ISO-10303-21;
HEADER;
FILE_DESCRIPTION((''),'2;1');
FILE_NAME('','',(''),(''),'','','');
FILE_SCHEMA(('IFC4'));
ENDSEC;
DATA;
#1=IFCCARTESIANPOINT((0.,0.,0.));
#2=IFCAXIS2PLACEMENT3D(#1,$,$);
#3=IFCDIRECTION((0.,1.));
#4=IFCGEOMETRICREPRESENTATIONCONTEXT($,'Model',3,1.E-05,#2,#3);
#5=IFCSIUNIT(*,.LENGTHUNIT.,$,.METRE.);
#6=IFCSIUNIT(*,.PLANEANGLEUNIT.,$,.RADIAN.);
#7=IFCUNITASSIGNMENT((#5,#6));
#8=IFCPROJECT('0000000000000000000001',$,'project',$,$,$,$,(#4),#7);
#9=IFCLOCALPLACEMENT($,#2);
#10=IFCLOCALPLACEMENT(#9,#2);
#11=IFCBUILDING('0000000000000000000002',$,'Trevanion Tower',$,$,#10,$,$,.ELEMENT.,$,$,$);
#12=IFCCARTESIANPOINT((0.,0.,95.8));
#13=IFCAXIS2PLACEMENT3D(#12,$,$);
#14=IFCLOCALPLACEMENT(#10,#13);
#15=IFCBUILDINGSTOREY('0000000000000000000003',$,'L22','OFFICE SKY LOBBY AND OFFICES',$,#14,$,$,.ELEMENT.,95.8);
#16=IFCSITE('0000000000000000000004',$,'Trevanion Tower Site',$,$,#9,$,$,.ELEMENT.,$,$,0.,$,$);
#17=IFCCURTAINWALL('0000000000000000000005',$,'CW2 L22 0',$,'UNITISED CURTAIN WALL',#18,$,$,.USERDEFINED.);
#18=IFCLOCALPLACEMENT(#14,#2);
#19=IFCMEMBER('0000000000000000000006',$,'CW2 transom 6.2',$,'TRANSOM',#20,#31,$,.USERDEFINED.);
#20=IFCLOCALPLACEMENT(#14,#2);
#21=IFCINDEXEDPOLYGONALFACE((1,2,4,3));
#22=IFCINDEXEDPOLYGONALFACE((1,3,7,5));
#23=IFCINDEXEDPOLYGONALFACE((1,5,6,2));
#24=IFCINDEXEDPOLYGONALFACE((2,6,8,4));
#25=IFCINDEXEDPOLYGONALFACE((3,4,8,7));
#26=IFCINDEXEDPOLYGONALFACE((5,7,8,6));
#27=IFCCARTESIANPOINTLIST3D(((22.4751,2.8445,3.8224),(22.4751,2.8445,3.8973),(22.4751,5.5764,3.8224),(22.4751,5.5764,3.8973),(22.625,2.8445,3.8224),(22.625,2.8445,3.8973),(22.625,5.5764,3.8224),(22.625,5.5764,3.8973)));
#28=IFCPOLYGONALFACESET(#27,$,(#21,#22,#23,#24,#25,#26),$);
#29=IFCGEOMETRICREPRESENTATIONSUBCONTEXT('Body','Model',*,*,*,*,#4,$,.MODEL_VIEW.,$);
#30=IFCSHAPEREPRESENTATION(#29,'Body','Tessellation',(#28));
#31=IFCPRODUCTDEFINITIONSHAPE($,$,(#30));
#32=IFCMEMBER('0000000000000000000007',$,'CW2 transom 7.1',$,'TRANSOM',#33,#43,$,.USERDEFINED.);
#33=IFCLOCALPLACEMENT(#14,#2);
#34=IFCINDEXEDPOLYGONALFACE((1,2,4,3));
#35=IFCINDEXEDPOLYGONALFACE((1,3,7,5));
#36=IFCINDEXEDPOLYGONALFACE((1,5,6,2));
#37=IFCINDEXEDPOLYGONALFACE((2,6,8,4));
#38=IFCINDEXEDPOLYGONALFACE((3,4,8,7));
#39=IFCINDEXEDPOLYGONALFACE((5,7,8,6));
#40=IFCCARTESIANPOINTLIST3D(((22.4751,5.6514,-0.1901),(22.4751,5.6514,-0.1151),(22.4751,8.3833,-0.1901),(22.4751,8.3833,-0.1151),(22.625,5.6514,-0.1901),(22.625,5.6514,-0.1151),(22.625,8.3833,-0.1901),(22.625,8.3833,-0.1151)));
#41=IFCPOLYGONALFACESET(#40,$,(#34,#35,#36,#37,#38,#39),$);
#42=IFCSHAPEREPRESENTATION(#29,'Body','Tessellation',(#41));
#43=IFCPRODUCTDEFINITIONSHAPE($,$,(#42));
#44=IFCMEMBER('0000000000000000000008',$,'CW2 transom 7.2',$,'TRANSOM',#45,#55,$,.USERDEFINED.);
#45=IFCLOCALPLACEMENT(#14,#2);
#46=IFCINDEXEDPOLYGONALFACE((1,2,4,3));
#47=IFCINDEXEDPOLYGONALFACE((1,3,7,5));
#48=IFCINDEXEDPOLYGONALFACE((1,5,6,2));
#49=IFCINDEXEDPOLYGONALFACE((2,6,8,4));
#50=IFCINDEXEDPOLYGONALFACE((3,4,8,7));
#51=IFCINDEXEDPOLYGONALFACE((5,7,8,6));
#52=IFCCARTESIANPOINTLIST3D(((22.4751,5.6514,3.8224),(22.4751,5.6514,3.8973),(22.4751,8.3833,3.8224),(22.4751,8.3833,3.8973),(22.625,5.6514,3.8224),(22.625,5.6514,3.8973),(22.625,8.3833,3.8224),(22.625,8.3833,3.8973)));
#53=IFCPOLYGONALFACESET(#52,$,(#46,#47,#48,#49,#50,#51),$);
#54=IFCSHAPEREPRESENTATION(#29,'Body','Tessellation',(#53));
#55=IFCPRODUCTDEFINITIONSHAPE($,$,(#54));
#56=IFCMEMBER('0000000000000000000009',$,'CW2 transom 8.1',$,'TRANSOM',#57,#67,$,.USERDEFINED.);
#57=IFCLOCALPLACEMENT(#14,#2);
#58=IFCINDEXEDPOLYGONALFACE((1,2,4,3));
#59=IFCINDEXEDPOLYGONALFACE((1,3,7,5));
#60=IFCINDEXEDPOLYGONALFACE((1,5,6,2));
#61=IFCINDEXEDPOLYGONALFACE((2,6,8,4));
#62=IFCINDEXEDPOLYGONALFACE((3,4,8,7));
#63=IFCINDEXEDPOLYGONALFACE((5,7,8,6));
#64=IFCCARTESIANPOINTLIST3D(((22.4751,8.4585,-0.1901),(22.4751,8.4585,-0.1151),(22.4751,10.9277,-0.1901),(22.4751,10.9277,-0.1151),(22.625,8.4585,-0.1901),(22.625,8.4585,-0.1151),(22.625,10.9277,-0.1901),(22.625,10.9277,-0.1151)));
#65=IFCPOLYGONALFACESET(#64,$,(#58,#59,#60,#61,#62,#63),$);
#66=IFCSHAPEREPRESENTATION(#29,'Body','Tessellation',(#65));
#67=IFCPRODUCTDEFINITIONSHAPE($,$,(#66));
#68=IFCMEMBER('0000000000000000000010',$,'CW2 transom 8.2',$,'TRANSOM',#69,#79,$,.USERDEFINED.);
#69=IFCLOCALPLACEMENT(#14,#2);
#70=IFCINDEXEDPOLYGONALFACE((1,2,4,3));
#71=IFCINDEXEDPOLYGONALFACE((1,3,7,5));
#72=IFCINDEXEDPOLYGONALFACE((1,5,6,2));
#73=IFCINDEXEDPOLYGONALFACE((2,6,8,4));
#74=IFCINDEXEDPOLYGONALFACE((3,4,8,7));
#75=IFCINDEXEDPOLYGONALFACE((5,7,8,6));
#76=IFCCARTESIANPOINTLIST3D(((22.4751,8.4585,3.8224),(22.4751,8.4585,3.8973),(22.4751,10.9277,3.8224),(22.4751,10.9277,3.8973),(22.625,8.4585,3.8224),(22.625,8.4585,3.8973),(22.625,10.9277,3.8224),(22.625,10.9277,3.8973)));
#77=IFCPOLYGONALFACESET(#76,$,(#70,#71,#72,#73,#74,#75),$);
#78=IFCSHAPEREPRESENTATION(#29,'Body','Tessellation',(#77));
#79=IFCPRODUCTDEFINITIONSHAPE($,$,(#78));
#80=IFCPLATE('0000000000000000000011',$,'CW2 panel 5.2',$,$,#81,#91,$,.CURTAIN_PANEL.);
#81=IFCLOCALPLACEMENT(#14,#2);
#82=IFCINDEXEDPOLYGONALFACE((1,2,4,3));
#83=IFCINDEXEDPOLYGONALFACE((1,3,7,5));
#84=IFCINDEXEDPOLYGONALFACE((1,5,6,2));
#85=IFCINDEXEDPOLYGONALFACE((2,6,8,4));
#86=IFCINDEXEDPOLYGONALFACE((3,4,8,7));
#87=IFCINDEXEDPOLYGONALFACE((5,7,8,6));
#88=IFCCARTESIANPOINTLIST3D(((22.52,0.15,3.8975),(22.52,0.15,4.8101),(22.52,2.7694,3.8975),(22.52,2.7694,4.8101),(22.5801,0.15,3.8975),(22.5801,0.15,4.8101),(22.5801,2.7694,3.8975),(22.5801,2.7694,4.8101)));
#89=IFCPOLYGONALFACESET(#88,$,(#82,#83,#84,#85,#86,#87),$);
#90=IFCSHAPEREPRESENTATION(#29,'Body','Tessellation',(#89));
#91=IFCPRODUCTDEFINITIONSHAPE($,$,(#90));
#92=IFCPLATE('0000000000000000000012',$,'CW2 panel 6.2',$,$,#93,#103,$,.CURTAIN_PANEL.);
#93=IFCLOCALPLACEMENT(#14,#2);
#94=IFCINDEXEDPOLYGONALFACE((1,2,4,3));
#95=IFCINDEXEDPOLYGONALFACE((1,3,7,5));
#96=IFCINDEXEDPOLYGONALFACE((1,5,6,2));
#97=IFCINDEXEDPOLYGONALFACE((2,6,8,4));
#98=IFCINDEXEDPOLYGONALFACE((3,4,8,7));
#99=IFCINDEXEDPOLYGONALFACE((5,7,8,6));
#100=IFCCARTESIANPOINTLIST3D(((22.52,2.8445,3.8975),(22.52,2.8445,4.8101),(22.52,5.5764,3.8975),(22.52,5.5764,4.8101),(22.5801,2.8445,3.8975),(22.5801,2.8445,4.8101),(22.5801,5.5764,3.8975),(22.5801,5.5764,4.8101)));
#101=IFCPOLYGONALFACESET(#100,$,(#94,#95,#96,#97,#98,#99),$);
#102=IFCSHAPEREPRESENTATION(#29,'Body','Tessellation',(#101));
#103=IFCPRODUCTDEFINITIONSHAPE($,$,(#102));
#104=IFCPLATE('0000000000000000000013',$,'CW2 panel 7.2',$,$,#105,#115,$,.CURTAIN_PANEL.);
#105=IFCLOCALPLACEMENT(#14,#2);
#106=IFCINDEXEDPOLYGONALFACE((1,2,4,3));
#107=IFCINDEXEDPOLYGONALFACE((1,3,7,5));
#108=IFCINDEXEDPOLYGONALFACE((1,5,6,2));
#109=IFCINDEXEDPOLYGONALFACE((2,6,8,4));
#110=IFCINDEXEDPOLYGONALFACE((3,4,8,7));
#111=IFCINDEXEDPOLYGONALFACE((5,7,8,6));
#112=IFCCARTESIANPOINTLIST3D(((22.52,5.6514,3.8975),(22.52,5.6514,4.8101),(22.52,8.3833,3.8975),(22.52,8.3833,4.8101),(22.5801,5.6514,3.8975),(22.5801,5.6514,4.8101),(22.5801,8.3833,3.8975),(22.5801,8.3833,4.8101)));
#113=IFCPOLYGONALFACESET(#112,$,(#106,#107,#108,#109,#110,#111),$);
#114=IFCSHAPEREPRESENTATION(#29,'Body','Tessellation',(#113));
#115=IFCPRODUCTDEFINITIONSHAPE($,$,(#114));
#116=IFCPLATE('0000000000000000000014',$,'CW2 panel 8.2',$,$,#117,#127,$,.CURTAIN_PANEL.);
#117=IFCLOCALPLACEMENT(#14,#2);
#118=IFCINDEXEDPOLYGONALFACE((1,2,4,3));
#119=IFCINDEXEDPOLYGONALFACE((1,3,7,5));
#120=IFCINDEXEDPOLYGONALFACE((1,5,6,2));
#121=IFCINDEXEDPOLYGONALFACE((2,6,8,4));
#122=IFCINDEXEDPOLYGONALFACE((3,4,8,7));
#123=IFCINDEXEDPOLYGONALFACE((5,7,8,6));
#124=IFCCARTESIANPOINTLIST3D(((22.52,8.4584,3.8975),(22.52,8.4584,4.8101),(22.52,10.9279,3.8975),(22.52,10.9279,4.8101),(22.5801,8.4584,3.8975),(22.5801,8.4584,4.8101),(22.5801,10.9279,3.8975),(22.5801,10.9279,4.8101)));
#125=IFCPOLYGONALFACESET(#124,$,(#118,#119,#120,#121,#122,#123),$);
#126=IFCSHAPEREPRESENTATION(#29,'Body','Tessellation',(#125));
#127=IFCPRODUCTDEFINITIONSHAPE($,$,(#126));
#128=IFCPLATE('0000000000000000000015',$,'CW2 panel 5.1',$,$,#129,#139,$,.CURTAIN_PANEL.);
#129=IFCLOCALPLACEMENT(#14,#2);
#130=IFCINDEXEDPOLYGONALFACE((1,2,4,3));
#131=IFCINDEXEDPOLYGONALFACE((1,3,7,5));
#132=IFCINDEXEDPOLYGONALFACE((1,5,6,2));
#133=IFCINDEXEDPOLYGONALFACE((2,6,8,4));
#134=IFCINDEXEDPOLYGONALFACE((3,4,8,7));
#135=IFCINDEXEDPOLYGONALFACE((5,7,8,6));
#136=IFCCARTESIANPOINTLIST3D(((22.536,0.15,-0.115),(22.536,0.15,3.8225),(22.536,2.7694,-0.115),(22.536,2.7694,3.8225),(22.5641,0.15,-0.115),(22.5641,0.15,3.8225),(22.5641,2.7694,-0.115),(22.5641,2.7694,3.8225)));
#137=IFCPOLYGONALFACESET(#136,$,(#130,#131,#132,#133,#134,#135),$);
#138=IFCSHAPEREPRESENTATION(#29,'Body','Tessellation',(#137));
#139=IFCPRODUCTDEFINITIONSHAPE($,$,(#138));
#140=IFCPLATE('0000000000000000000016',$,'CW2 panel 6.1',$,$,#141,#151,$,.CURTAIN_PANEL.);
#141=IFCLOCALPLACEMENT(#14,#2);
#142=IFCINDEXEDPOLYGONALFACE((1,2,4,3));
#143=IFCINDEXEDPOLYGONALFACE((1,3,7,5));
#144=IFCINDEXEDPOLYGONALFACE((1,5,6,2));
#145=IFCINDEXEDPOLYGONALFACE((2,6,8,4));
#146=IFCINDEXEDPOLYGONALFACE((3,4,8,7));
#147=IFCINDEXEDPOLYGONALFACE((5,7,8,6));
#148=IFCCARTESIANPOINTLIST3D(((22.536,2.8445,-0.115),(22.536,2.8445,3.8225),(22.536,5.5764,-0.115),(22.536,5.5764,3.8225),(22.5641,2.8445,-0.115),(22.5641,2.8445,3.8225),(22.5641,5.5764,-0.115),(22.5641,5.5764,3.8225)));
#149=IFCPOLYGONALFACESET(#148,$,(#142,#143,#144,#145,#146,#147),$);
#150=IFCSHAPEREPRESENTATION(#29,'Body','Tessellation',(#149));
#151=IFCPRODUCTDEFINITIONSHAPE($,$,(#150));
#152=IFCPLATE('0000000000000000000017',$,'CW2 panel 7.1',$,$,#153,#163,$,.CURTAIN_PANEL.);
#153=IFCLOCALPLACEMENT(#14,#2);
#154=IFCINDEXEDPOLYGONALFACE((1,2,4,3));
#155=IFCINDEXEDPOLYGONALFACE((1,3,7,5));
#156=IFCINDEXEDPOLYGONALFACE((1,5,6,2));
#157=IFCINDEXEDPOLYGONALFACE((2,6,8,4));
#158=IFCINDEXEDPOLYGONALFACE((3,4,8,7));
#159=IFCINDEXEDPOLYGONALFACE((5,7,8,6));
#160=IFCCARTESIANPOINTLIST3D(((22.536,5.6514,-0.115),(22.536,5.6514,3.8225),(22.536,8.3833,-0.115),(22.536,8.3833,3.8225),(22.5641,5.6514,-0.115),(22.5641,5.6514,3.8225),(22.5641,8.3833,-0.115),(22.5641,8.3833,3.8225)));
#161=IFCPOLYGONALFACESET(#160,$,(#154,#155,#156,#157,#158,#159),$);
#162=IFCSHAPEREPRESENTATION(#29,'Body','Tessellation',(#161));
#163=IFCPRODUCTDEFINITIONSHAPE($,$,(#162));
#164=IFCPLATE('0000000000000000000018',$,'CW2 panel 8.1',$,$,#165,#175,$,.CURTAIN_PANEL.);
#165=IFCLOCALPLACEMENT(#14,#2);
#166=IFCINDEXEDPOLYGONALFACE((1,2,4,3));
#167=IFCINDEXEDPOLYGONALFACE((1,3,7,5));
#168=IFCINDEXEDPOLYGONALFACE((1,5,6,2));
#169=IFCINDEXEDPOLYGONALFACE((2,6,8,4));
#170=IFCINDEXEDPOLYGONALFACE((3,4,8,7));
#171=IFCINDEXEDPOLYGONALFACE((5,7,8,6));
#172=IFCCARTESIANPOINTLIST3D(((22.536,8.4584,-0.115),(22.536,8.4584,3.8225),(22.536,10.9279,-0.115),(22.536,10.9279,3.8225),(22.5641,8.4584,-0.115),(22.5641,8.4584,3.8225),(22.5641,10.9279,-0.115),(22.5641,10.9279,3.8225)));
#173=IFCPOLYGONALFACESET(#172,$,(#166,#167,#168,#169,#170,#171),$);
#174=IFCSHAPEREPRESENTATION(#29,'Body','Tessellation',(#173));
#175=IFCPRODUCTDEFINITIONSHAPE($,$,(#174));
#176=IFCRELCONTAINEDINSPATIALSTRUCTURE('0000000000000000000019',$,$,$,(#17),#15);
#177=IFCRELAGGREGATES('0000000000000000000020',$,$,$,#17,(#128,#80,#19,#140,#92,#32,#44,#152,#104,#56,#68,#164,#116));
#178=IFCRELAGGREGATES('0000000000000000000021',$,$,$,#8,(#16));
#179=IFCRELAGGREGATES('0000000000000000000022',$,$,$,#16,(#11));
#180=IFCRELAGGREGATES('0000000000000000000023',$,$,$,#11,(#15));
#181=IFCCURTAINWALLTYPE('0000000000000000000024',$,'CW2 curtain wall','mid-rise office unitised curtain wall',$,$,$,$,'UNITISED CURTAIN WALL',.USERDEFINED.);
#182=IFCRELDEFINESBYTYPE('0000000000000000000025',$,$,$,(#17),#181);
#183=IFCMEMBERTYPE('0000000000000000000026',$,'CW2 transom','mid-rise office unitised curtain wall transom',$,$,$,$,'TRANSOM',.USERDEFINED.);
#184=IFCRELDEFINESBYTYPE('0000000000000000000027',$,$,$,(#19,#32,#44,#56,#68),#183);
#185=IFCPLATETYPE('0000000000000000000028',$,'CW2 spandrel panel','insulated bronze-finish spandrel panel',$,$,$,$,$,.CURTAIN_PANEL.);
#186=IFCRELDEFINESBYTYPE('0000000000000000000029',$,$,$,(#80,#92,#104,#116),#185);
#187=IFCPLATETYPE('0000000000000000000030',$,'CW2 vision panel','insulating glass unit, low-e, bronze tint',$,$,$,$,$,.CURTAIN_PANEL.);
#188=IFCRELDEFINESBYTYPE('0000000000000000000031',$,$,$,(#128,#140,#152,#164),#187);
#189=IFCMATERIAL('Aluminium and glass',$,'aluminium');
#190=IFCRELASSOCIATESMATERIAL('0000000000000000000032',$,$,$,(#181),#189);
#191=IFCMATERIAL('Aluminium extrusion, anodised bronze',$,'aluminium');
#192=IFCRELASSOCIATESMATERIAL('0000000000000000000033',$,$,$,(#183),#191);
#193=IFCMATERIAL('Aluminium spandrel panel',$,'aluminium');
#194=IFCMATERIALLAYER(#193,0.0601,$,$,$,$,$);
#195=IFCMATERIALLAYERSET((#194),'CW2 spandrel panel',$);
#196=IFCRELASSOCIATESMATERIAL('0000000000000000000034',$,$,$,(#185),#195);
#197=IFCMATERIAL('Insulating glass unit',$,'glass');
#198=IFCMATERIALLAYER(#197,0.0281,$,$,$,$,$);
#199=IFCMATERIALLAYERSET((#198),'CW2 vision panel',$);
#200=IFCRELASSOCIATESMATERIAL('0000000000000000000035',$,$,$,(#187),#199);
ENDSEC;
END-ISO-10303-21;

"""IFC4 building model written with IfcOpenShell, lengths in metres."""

from ifc_helpers import new_model, si_unit, direction, frame, origin, origin_2d, place, context, subcontext, project, spatial, rectangle, extrude, material, layer, layer_set, material_profile, profile_set, type_object, element, aggregate, save


model = new_model("IFC4")

# Units and contexts
model_context = context("Model", 3, precision=1e-05, world=origin(), true_north=direction((0.0, 1.0)))
body_context = subcontext(model_context, "Body", "Model", "MODEL_VIEW")
ifc_project = project(units=[si_unit("LENGTHUNIT", "METRE"), si_unit("PLANEANGLEUNIT", "RADIAN")], contexts=[model_context])

# Site, building, storey
site_placement = place(None, origin())
site = spatial("IfcSite", under=ifc_project, at=site_placement, Name="Trevanion Tower Site", CompositionType="ELEMENT", RefElevation=0.0)
building_placement = place(site_placement, origin())
building = spatial("IfcBuilding", under=site, at=building_placement, Name="Trevanion Tower", CompositionType="ELEMENT")
storey_placement = place(building_placement, frame((0.0, 0.0, 95.8)))
storey = spatial("IfcBuildingStorey", under=building, at=storey_placement, Name="L22", Description="OFFICE SKY LOBBY AND OFFICES", CompositionType="ELEMENT", Elevation=95.8)

# Curtain wall, members, plates
ifc_material_1 = material(Name="Aluminium and glass", Category="aluminium")
curtain_wall_type = type_object("IfcCurtainWallType", Name="CW2 curtain wall", Description="mid-rise office unitised curtain wall", ElementType="UNITISED CURTAIN WALL", PredefinedType="USERDEFINED", material=ifc_material_1)
curtain_wall_placement = place(storey_placement, origin())
curtain_wall = element("IfcCurtainWall", 1, at=curtain_wall_placement, inside=storey, type_object=curtain_wall_type, Name="CW2 L22 0", ObjectType="UNITISED CURTAIN WALL", PredefinedType="USERDEFINED")
ifc_material_2 = material(Name="Aluminium extrusion, anodised bronze", Category="aluminium")
ifc_material_profile_1 = material_profile(ifc_material_2, rectangle(XDim=0.1499, YDim=0.075, at=origin_2d()), Name="CW2 transom")
ifc_profile_set_1 = profile_set([ifc_material_profile_1], Name="Aluminium extrusion, anodised bronze")
member_type_1 = type_object("IfcMemberType", Name="CW2 transom", Description="mid-rise office unitised curtain wall transom", ElementType="TRANSOM", PredefinedType="USERDEFINED", material=ifc_profile_set_1)
member_1_placement = place(storey_placement, frame((22.55, 2.8445, 3.8599), z_axis=(0.0, 1.0, 0.0), x_axis=(-1.0, 0.0, 0.0)))
member_1 = element("IfcMember", 2, at=member_1_placement, type_object=member_type_1, Name="CW2 transom 6.2", ObjectType="TRANSOM", PredefinedType="USERDEFINED", context=body_context, shape_type="SweptSolid", body=[
    extrude(rectangle(XDim=0.1499, YDim=0.075, at=origin_2d()), origin(), (0.0, 0.0, 1.0), 2.7319),
])
member_2_placement = place(storey_placement, frame((22.55, 5.6514, -0.1526), z_axis=(0.0, 1.0, 0.0), x_axis=(-1.0, 0.0, 0.0)))
member_2 = element("IfcMember", 3, at=member_2_placement, type_object=member_type_1, Name="CW2 transom 7.1", ObjectType="TRANSOM", PredefinedType="USERDEFINED", context=body_context, shape_type="SweptSolid", body=[
    extrude(rectangle(XDim=0.1499, YDim=0.075, at=origin_2d()), origin(), (0.0, 0.0, 1.0), 2.7319),
])
member_3_placement = place(storey_placement, frame((22.55, 5.6514, 3.8599), z_axis=(0.0, 1.0, 0.0), x_axis=(-1.0, 0.0, 0.0)))
member_3 = element("IfcMember", 4, at=member_3_placement, type_object=member_type_1, Name="CW2 transom 7.2", ObjectType="TRANSOM", PredefinedType="USERDEFINED", context=body_context, shape_type="SweptSolid", body=[
    extrude(rectangle(XDim=0.1499, YDim=0.075, at=origin_2d()), origin(), (0.0, 0.0, 1.0), 2.7319),
])
member_4_placement = place(storey_placement, frame((22.55, 8.4585, -0.1526), z_axis=(0.0, 1.0, 0.0), x_axis=(-1.0, 0.0, 0.0)))
member_4 = element("IfcMember", 5, at=member_4_placement, type_object=member_type_1, Name="CW2 transom 8.1", ObjectType="TRANSOM", PredefinedType="USERDEFINED", context=body_context, shape_type="SweptSolid", body=[
    extrude(rectangle(XDim=0.1499, YDim=0.075, at=origin_2d()), origin(), (0.0, 0.0, 1.0), 2.4692),
])
member_5_placement = place(storey_placement, frame((22.55, 8.4585, 3.8599), z_axis=(0.0, 1.0, 0.0), x_axis=(-1.0, 0.0, 0.0)))
member_5 = element("IfcMember", 6, at=member_5_placement, type_object=member_type_1, Name="CW2 transom 8.2", ObjectType="TRANSOM", PredefinedType="USERDEFINED", context=body_context, shape_type="SweptSolid", body=[
    extrude(rectangle(XDim=0.1499, YDim=0.075, at=origin_2d()), origin(), (0.0, 0.0, 1.0), 2.4692),
])
ifc_material_3 = material(Name="Aluminium spandrel panel", Category="aluminium")
ifc_layer_1 = layer(ifc_material_3, 0.0601)
ifc_layer_set_1 = layer_set([ifc_layer_1], Name="CW2 spandrel panel")
plate_type_1 = type_object("IfcPlateType", Name="CW2 spandrel panel", Description="insulated bronze-finish spandrel panel", PredefinedType="CURTAIN_PANEL", material=ifc_layer_set_1)
plate_1_placement = place(storey_placement, frame((22.55, 1.4597, 3.8975), z_axis=(0.0, 0.0, 1.0), x_axis=(0.0, 1.0, 0.0)))
plate_1 = element("IfcPlate", 7, at=plate_1_placement, type_object=plate_type_1, Name="CW2 panel 5.2", PredefinedType="CURTAIN_PANEL", context=body_context, shape_type="SweptSolid", body=[
    extrude(rectangle(XDim=2.6194, YDim=0.0601, at=origin_2d()), origin(), (0.0, 0.0, 1.0), 0.9126),
])
plate_2_placement = place(storey_placement, frame((22.55, 4.2104, 3.8975), z_axis=(0.0, 0.0, 1.0), x_axis=(0.0, 1.0, 0.0)))
plate_2 = element("IfcPlate", 8, at=plate_2_placement, type_object=plate_type_1, Name="CW2 panel 6.2", PredefinedType="CURTAIN_PANEL", context=body_context, shape_type="SweptSolid", body=[
    extrude(rectangle(XDim=2.7319, YDim=0.0601, at=origin_2d()), origin(), (0.0, 0.0, 1.0), 0.9126),
])
plate_3_placement = place(storey_placement, frame((22.55, 7.0173, 3.8975), z_axis=(0.0, 0.0, 1.0), x_axis=(0.0, 1.0, 0.0)))
plate_3 = element("IfcPlate", 9, at=plate_3_placement, type_object=plate_type_1, Name="CW2 panel 7.2", PredefinedType="CURTAIN_PANEL", context=body_context, shape_type="SweptSolid", body=[
    extrude(rectangle(XDim=2.7319, YDim=0.0601, at=origin_2d()), origin(), (0.0, 0.0, 1.0), 0.9126),
])
plate_4_placement = place(storey_placement, frame((22.55, 9.6931, 3.8975), z_axis=(0.0, 0.0, 1.0), x_axis=(0.0, 1.0, 0.0)))
plate_4 = element("IfcPlate", 10, at=plate_4_placement, type_object=plate_type_1, Name="CW2 panel 8.2", PredefinedType="CURTAIN_PANEL", context=body_context, shape_type="SweptSolid", body=[
    extrude(rectangle(XDim=2.4695, YDim=0.0601, at=origin_2d()), origin(), (0.0, 0.0, 1.0), 0.9126),
])
ifc_material_4 = material(Name="Insulating glass unit", Category="glass")
ifc_layer_2 = layer(ifc_material_4, 0.0281)
ifc_layer_set_2 = layer_set([ifc_layer_2], Name="CW2 vision panel")
plate_type_2 = type_object("IfcPlateType", Name="CW2 vision panel", Description="insulating glass unit, low-e, bronze tint", PredefinedType="CURTAIN_PANEL", material=ifc_layer_set_2)
plate_5_placement = place(storey_placement, frame((22.55, 1.4597, -0.115), z_axis=(0.0, 0.0, 1.0), x_axis=(0.0, 1.0, 0.0)))
plate_5 = element("IfcPlate", 11, at=plate_5_placement, type_object=plate_type_2, Name="CW2 panel 5.1", PredefinedType="CURTAIN_PANEL", context=body_context, shape_type="SweptSolid", body=[
    extrude(rectangle(XDim=2.6194, YDim=0.0281, at=origin_2d()), origin(), (0.0, 0.0, 1.0), 3.9375),
])
plate_6_placement = place(storey_placement, frame((22.55, 4.2104, -0.115), z_axis=(0.0, 0.0, 1.0), x_axis=(0.0, 1.0, 0.0)))
plate_6 = element("IfcPlate", 12, at=plate_6_placement, type_object=plate_type_2, Name="CW2 panel 6.1", PredefinedType="CURTAIN_PANEL", context=body_context, shape_type="SweptSolid", body=[
    extrude(rectangle(XDim=2.7319, YDim=0.0281, at=origin_2d()), origin(), (0.0, 0.0, 1.0), 3.9375),
])
plate_7_placement = place(storey_placement, frame((22.55, 7.0173, -0.115), z_axis=(0.0, 0.0, 1.0), x_axis=(0.0, 1.0, 0.0)))
plate_7 = element("IfcPlate", 13, at=plate_7_placement, type_object=plate_type_2, Name="CW2 panel 7.1", PredefinedType="CURTAIN_PANEL", context=body_context, shape_type="SweptSolid", body=[
    extrude(rectangle(XDim=2.7319, YDim=0.0281, at=origin_2d()), origin(), (0.0, 0.0, 1.0), 3.9375),
])
plate_8_placement = place(storey_placement, frame((22.55, 9.6931, -0.115), z_axis=(0.0, 0.0, 1.0), x_axis=(0.0, 1.0, 0.0)))
plate_8 = element("IfcPlate", 14, at=plate_8_placement, type_object=plate_type_2, Name="CW2 panel 8.1", PredefinedType="CURTAIN_PANEL", context=body_context, shape_type="SweptSolid", body=[
    extrude(rectangle(XDim=2.4695, YDim=0.0281, at=origin_2d()), origin(), (0.0, 0.0, 1.0), 3.9375),
])
aggregate(curtain_wall, [plate_5, plate_1, member_1, plate_6, plate_2, member_2, member_3, plate_7, plate_3, member_4, member_5, plate_8, plate_4])

save(model, "model.ifc")
